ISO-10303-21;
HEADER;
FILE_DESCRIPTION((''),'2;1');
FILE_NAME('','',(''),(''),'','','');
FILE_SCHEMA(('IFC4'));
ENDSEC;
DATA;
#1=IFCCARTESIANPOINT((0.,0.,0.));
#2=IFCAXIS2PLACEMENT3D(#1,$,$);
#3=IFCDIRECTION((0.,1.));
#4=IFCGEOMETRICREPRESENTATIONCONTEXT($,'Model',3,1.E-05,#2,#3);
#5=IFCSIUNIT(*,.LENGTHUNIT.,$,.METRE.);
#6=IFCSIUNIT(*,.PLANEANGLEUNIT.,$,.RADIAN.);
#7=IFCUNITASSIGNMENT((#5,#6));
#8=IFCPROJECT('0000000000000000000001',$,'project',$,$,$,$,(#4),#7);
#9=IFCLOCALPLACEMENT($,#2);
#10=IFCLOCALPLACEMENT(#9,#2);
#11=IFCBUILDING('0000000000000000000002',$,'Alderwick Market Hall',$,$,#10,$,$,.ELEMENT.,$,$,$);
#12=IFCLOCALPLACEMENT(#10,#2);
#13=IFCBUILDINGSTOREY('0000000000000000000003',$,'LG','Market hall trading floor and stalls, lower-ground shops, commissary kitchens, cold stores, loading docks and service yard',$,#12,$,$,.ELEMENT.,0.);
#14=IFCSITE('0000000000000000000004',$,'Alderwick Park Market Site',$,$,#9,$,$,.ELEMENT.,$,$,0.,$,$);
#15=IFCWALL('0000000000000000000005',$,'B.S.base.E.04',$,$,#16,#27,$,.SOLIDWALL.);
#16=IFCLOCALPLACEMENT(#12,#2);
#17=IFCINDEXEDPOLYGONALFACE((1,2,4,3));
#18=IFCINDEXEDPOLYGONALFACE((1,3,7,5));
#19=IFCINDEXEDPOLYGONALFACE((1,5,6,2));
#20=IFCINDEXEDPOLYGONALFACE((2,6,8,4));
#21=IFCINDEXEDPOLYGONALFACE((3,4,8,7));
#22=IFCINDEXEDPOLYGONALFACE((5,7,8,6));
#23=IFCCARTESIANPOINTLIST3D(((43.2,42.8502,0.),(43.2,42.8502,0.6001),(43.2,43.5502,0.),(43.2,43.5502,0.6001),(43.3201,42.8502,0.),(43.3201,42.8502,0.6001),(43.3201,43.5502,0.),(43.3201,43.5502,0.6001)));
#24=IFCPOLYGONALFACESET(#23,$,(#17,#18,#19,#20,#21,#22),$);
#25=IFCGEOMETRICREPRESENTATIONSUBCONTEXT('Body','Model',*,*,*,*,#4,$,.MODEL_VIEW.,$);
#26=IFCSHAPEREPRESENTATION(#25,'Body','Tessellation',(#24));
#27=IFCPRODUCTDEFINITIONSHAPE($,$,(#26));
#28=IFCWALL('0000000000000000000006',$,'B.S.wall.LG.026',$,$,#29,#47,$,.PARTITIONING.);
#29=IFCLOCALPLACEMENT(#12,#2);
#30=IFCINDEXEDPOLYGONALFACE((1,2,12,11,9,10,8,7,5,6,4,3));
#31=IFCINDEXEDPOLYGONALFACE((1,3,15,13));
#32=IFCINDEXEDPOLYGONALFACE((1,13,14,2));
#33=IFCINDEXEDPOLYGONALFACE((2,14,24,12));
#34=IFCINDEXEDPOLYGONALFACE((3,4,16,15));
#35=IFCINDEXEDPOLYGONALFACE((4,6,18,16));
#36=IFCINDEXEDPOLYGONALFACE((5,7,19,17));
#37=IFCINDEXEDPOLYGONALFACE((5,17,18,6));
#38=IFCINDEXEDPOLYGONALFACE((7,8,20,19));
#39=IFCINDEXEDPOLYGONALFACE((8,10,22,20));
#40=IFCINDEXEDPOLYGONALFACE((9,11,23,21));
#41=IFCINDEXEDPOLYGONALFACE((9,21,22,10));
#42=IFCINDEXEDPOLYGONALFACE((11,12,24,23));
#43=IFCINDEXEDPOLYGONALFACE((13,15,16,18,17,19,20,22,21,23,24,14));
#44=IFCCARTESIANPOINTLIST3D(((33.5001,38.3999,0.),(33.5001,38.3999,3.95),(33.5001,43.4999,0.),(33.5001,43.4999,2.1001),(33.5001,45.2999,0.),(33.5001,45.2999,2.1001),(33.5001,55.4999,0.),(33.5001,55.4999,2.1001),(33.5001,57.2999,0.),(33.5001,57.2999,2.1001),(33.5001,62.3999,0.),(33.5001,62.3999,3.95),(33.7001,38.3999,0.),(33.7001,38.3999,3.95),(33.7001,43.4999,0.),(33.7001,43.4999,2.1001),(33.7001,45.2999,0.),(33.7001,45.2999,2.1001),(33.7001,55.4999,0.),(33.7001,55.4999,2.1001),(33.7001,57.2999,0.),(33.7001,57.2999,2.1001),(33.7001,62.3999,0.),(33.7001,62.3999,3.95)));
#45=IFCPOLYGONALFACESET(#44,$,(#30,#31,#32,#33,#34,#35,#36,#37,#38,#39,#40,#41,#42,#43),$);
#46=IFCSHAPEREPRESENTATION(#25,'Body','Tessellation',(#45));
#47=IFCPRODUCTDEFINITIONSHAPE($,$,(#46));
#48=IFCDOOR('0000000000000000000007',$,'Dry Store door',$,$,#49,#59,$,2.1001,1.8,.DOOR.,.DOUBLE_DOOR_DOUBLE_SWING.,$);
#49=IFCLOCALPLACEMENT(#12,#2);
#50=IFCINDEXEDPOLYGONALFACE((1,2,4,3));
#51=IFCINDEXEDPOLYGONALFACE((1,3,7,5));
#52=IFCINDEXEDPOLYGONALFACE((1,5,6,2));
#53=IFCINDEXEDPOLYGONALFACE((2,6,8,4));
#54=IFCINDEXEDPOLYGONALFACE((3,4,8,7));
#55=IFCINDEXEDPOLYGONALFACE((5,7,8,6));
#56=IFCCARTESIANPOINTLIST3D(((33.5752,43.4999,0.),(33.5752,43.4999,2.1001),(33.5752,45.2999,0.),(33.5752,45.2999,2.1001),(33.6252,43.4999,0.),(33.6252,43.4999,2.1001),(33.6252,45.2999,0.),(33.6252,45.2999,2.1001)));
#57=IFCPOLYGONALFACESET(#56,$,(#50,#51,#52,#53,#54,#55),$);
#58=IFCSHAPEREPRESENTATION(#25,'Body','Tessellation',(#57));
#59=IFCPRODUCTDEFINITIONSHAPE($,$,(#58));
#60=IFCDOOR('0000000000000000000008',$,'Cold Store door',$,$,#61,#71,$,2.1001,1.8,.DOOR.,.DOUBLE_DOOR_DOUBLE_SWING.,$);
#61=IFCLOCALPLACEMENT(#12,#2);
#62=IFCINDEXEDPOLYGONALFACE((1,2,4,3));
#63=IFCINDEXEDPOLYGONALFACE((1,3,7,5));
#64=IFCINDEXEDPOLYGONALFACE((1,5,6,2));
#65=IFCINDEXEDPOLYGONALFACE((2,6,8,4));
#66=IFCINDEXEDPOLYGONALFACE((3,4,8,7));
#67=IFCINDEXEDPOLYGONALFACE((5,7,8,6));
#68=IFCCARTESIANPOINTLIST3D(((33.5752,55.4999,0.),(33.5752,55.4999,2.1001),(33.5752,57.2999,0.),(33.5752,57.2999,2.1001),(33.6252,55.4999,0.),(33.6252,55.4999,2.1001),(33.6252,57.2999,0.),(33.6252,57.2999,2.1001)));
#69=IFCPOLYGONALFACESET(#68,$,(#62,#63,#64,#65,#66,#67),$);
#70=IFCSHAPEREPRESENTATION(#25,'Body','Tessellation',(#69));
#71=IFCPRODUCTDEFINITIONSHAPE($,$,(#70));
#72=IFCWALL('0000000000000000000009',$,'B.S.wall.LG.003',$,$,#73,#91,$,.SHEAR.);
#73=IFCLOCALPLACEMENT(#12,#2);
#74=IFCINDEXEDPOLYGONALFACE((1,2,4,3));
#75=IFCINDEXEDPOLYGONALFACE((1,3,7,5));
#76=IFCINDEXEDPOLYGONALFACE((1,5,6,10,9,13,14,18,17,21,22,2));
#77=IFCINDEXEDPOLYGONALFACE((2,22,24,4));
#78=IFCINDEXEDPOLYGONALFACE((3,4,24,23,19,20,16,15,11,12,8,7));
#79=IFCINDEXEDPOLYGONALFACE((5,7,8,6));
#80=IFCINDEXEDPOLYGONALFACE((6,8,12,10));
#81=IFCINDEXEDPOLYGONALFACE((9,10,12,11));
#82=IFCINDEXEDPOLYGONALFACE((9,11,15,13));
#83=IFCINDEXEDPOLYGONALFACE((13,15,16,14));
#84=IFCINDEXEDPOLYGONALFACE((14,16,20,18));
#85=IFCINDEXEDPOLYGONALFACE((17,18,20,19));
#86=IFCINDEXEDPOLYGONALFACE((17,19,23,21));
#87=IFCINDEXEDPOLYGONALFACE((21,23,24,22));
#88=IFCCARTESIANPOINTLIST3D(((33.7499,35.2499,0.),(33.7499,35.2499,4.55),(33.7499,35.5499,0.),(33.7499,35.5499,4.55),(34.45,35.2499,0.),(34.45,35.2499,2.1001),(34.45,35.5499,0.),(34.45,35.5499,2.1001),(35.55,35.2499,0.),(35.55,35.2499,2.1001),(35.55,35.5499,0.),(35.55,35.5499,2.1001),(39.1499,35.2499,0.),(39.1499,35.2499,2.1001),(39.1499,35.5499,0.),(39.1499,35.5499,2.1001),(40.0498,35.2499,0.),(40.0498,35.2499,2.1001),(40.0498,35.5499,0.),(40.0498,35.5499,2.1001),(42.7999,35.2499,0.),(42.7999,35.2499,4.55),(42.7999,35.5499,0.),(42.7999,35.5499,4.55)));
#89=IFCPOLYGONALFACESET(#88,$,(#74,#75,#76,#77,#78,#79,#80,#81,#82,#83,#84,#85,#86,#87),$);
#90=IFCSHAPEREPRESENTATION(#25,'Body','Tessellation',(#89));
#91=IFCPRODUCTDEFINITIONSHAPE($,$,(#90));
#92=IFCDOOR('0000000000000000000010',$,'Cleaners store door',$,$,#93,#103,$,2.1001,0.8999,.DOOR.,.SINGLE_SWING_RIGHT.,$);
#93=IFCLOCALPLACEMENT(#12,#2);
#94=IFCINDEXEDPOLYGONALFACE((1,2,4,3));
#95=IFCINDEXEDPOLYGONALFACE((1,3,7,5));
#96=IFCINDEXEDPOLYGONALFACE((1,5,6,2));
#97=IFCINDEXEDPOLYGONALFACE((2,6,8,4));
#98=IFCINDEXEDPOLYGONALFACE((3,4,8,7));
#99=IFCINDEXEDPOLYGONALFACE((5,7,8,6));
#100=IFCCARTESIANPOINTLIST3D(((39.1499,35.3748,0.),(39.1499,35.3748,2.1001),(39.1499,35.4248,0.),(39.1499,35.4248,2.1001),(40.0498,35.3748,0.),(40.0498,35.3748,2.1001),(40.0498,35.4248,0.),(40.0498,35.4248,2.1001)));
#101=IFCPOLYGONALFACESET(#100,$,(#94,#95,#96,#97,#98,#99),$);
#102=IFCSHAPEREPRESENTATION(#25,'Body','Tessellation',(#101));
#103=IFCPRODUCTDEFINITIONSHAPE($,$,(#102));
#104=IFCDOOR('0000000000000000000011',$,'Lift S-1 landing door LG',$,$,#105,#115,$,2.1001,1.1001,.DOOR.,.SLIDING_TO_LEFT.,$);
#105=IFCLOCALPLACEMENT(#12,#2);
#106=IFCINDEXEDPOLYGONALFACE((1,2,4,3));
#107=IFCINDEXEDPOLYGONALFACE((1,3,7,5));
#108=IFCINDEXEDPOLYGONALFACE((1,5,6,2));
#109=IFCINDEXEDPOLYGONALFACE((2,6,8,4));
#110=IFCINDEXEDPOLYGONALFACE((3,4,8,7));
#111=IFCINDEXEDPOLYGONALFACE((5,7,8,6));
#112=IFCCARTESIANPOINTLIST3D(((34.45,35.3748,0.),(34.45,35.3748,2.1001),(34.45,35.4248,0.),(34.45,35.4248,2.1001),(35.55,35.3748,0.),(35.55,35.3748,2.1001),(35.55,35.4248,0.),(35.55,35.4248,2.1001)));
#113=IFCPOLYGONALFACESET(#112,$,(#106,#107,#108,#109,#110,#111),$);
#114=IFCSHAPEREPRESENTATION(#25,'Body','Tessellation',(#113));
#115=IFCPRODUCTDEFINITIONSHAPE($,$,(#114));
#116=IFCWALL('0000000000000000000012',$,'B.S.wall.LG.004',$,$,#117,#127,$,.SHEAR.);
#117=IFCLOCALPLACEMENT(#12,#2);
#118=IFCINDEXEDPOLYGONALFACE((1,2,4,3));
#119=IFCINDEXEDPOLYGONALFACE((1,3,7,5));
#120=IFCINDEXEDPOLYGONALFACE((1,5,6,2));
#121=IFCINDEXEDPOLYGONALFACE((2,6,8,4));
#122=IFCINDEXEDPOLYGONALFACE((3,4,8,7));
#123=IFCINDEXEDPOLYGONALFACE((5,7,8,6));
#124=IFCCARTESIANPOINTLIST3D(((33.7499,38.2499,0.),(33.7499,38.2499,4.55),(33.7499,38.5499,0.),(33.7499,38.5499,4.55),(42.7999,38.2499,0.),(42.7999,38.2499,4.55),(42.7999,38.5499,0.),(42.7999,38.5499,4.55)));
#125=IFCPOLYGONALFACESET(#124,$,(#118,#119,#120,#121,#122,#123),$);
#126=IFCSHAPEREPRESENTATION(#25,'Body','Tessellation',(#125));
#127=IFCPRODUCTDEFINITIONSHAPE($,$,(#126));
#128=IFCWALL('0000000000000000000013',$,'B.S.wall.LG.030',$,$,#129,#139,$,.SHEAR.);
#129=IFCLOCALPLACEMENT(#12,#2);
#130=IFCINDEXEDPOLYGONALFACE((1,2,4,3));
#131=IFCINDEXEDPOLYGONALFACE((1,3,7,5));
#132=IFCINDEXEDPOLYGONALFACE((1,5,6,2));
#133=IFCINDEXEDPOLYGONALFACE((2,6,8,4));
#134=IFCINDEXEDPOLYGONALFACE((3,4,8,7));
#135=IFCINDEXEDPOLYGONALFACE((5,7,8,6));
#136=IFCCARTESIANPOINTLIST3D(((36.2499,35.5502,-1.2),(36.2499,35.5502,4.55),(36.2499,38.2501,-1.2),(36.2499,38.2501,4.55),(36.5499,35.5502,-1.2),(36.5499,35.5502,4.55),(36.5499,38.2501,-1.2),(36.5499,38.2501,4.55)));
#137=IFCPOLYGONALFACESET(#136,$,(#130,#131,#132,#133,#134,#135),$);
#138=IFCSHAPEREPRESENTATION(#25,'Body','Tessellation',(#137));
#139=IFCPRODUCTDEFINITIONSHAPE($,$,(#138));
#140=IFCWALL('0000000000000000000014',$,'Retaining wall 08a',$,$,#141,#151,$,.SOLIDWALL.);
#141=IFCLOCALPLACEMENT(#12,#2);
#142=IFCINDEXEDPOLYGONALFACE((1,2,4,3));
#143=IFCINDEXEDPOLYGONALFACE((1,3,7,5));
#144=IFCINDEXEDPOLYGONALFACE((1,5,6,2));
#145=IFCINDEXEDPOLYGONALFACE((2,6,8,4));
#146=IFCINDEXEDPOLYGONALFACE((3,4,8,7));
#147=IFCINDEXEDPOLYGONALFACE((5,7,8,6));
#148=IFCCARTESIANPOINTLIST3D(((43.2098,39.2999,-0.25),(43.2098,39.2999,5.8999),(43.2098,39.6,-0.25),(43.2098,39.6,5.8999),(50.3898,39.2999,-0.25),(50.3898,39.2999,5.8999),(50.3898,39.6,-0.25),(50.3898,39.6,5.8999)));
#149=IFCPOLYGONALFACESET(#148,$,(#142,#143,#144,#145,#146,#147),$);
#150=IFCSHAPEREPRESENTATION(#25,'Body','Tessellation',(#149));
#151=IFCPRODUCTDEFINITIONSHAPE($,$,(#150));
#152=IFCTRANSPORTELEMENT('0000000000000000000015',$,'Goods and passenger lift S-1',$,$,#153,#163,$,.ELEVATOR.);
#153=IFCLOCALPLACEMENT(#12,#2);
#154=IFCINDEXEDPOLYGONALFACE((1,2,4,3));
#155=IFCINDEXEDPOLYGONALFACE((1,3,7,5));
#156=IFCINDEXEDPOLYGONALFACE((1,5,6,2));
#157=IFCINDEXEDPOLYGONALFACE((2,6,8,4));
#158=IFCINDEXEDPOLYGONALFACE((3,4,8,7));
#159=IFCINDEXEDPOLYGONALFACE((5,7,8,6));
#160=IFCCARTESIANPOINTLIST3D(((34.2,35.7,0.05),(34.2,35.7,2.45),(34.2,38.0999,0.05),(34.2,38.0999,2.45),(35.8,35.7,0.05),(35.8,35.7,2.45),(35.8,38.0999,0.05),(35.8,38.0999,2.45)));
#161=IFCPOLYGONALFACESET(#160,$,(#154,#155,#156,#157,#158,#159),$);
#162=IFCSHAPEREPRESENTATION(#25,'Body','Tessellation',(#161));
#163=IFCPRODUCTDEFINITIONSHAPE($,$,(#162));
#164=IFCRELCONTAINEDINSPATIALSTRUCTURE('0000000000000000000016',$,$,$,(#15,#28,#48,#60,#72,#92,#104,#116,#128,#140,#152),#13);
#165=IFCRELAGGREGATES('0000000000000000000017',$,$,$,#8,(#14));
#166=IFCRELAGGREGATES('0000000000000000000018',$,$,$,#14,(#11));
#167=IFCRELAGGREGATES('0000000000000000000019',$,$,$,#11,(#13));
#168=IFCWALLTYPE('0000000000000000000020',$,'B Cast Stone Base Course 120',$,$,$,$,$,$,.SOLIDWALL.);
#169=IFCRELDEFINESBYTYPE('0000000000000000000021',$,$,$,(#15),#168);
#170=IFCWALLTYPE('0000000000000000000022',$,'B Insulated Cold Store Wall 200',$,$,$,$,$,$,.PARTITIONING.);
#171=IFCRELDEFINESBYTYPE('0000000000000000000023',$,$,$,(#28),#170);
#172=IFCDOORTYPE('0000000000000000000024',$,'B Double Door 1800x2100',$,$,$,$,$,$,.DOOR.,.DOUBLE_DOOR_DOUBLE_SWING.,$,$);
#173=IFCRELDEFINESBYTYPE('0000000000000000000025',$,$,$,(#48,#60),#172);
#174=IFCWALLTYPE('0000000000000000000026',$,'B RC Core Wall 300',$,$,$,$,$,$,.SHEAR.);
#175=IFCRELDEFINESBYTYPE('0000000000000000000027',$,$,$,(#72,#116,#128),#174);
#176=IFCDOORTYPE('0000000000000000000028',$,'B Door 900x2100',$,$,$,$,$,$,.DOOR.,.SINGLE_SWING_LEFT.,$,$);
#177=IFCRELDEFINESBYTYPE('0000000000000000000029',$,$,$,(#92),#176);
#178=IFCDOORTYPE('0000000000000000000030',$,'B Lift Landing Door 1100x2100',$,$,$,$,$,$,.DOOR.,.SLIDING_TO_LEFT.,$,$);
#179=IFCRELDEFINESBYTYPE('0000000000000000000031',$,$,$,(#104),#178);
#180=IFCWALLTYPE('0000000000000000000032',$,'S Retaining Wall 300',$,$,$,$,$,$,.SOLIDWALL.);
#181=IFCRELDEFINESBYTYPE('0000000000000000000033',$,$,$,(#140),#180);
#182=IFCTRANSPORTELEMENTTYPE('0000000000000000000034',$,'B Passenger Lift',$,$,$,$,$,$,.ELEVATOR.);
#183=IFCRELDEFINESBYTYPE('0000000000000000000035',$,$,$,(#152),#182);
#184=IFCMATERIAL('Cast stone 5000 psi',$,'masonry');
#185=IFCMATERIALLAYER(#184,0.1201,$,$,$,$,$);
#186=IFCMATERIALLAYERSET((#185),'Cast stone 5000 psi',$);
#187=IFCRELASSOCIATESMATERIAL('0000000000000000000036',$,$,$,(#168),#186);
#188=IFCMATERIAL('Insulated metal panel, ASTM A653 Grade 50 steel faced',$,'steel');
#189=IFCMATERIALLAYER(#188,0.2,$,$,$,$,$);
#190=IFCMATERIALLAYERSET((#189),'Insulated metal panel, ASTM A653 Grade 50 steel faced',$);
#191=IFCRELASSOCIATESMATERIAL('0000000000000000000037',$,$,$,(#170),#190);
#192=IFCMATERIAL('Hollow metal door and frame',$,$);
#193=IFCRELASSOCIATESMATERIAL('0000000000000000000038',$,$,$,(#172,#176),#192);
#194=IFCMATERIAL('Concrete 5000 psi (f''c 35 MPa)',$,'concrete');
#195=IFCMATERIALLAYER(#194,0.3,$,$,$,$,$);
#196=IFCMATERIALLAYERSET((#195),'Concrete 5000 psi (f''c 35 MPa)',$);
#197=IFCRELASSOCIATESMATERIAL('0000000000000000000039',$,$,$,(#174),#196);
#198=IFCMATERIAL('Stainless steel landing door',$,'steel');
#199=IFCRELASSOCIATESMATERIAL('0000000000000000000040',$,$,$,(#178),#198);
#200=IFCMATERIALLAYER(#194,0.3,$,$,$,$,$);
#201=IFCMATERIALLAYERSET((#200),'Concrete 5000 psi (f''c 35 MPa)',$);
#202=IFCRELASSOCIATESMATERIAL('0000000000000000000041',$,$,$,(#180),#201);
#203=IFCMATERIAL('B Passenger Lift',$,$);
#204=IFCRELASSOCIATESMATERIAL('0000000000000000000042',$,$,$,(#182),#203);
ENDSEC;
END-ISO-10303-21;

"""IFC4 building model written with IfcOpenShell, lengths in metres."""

from ifc_helpers import new_model, si_unit, direction, frame, frame_2d, origin, origin_2d, place, context, subcontext, project, spatial, rectangle, extrude, material, layer, layer_set, type_object, element, fill, save


model = new_model("IFC4")

# Units and contexts
model_context = context("Model", 3, precision=1e-05, world=origin(), true_north=direction((0.0, 1.0)))
body_context = subcontext(model_context, "Body", "Model", "MODEL_VIEW")
ifc_project = project(units=[si_unit("LENGTHUNIT", "METRE"), si_unit("PLANEANGLEUNIT", "RADIAN")], contexts=[model_context])

# Site, building, storey
site_placement = place(None, origin())
site = spatial("IfcSite", under=ifc_project, at=site_placement, Name="Alderwick Park Market Site", CompositionType="ELEMENT", RefElevation=0.0)
building_placement = place(site_placement, origin())
building = spatial("IfcBuilding", under=site, at=building_placement, Name="Alderwick Market Hall", CompositionType="ELEMENT")
storey_placement = place(building_placement, origin())
storey = spatial("IfcBuildingStorey", under=building, at=storey_placement, Name="LG", Description="Market hall trading floor and stalls, lower-ground shops, commissary kitchens, cold stores, loading docks and service yard", CompositionType="ELEMENT", Elevation=0.0)

# Shared definitions
ifc_material_1 = material(Name="Concrete 5000 psi (f'c 35 MPa)", Category="concrete")

# Wall
ifc_material_2 = material(Name="Cast stone 5000 psi", Category="masonry")
ifc_layer_1 = layer(ifc_material_2, 0.1201)
ifc_layer_set_1 = layer_set([ifc_layer_1], Name="Cast stone 5000 psi")
wall_type_1 = type_object("IfcWallType", Name="B Cast Stone Base Course 120", PredefinedType="SOLIDWALL", material=ifc_layer_set_1)
wall_1_placement = place(storey_placement, frame((43.26, 42.8501, 0.0), z_axis=(0.0, 0.0, 1.0), x_axis=(0.0, 1.0, 0.0)))
element("IfcWall", 1, at=wall_1_placement, inside=storey, type_object=wall_type_1, Name="B.S.base.E.04", PredefinedType="SOLIDWALL", context=body_context, shape_type="SweptSolid", body=[
    extrude(rectangle(XDim=0.7, YDim=0.1201, at=frame_2d((0.3501, 0.0))), origin(), (0.0, 0.0, 1.0), 0.6001),
])

# Walls, openings, doors
ifc_material_3 = material(Name="Insulated metal panel, ASTM A653 Grade 50 steel faced", Category="steel")
ifc_layer_2 = layer(ifc_material_3, 0.2)
ifc_layer_set_2 = layer_set([ifc_layer_2], Name="Insulated metal panel, ASTM A653 Grade 50 steel faced")
wall_type_2 = type_object("IfcWallType", Name="B Insulated Cold Store Wall 200", PredefinedType="PARTITIONING", material=ifc_layer_set_2)
wall_2_placement = place(storey_placement, frame((33.6001, 38.3999, 0.0), z_axis=(0.0, 0.0, 1.0), x_axis=(0.0, 1.0, 0.0)))
wall_2 = element("IfcWall", 2, at=wall_2_placement, inside=storey, type_object=wall_type_2, Name="B.S.wall.LG.026", PredefinedType="PARTITIONING", context=body_context, shape_type="SweptSolid", body=[
    extrude(rectangle(XDim=24.0, YDim=0.2, at=frame_2d((12.0, 0.0))), origin(), (0.0, 0.0, 1.0), 3.95),
])
opening_1_placement = place(wall_2_placement, frame((5.1001, 0.0, 0.0)))
opening_1 = element("IfcOpeningElement", 3, at=opening_1_placement, cuts=wall_2, PredefinedType="OPENING", context=body_context, shape_type="SweptSolid", body=[
    extrude(rectangle(XDim=1.8, YDim=2.1001, at=frame_2d((0.8999, 1.05))), frame((0.0, 0.1099, 0.0), z_axis=(0.0, -1.0, 0.0), x_axis=(1.0, 0.0, 0.0)), (0.0, 0.0, 1.0), 0.22),
])
opening_2_placement = place(wall_2_placement, frame((17.1001, 0.0, 0.0)))
opening_2 = element("IfcOpeningElement", 4, at=opening_2_placement, cuts=wall_2, PredefinedType="OPENING", context=body_context, shape_type="SweptSolid", body=[
    extrude(rectangle(XDim=1.8, YDim=2.1001, at=frame_2d((0.8999, 1.05))), frame((0.0, 0.1099, 0.0), z_axis=(0.0, -1.0, 0.0), x_axis=(1.0, 0.0, 0.0)), (0.0, 0.0, 1.0), 0.22),
])
ifc_material_4 = material(Name="Hollow metal door and frame")
door_type_1 = type_object("IfcDoorType", Name="B Double Door 1800x2100", OperationType="DOUBLE_DOOR_DOUBLE_SWING", PredefinedType="DOOR", material=ifc_material_4)
door_1_placement = place(opening_1_placement, origin())
door_1 = element("IfcDoor", 5, at=door_1_placement, inside=storey, type_object=door_type_1, Name="Dry Store door", OperationType="DOUBLE_DOOR_DOUBLE_SWING", OverallHeight=2.1001, OverallWidth=1.8, PredefinedType="DOOR", context=body_context, shape_type="SweptSolid", body=[
    extrude(rectangle(XDim=1.8, YDim=2.1001, at=frame_2d((0.8999, 1.05))), frame((0.0, 0.0249, 0.0), z_axis=(0.0, -1.0, 0.0), x_axis=(1.0, 0.0, 0.0)), (0.0, 0.0, 1.0), 0.05),
])
fill(opening_1, door_1)
door_2_placement = place(opening_2_placement, origin())
door_2 = element("IfcDoor", 6, at=door_2_placement, inside=storey, type_object=door_type_1, Name="Cold Store door", OperationType="DOUBLE_DOOR_DOUBLE_SWING", OverallHeight=2.1001, OverallWidth=1.8, PredefinedType="DOOR", context=body_context, shape_type="SweptSolid", body=[
    extrude(rectangle(XDim=1.8, YDim=2.1001, at=frame_2d((0.8999, 1.05))), frame((0.0, 0.0249, 0.0), z_axis=(0.0, -1.0, 0.0), x_axis=(1.0, 0.0, 0.0)), (0.0, 0.0, 1.0), 0.05),
])
fill(opening_2, door_2)
ifc_layer_3 = layer(ifc_material_1, 0.3)
ifc_layer_set_3 = layer_set([ifc_layer_3], Name="Concrete 5000 psi (f'c 35 MPa)")
wall_type_3 = type_object("IfcWallType", Name="B RC Core Wall 300", PredefinedType="SHEAR", material=ifc_layer_set_3)
wall_3_placement = place(storey_placement, frame((33.75, 35.3999, 0.0), z_axis=(0.0, 0.0, 1.0), x_axis=(1.0, 0.0, 0.0)))
wall_3 = element("IfcWall", 7, at=wall_3_placement, inside=storey, type_object=wall_type_3, Name="B.S.wall.LG.003", PredefinedType="SHEAR", context=body_context, shape_type="SweptSolid", body=[
    extrude(rectangle(XDim=9.05, YDim=0.3, at=frame_2d((4.5249, 0.0))), origin(), (0.0, 0.0, 1.0), 4.55),
])
opening_3_placement = place(wall_3_placement, frame((0.7, 0.0, 0.0)))
opening_3 = element("IfcOpeningElement", 8, at=opening_3_placement, cuts=wall_3, PredefinedType="OPENING", context=body_context, shape_type="SweptSolid", body=[
    extrude(rectangle(XDim=1.1001, YDim=2.1001, at=frame_2d((0.55, 1.05))), frame((0.0, 0.1599, 0.0), z_axis=(0.0, -1.0, 0.0), x_axis=(1.0, 0.0, 0.0)), (0.0, 0.0, 1.0), 0.3201),
])
opening_4_placement = place(wall_3_placement, frame((5.3999, 0.0, 0.0)))
opening_4 = element("IfcOpeningElement", 9, at=opening_4_placement, cuts=wall_3, PredefinedType="OPENING", context=body_context, shape_type="SweptSolid", body=[
    extrude(rectangle(XDim=0.8999, YDim=2.1001, at=frame_2d((0.45, 1.05))), frame((0.0, 0.1599, 0.0), z_axis=(0.0, -1.0, 0.0), x_axis=(1.0, 0.0, 0.0)), (0.0, 0.0, 1.0), 0.3201),
])
door_type_2 = type_object("IfcDoorType", Name="B Door 900x2100", OperationType="SINGLE_SWING_LEFT", PredefinedType="DOOR", material=ifc_material_4)
door_3_placement = place(opening_4_placement, origin())
door_3 = element("IfcDoor", 10, at=door_3_placement, inside=storey, type_object=door_type_2, Name="Cleaners store door", OperationType="SINGLE_SWING_RIGHT", OverallHeight=2.1001, OverallWidth=0.8999, PredefinedType="DOOR", context=body_context, shape_type="SweptSolid", body=[
    extrude(rectangle(XDim=0.8999, YDim=2.1001, at=frame_2d((0.45, 1.05))), frame((0.0, 0.0249, 0.0), z_axis=(0.0, -1.0, 0.0), x_axis=(1.0, 0.0, 0.0)), (0.0, 0.0, 1.0), 0.05),
])
fill(opening_4, door_3)
ifc_material_5 = material(Name="Stainless steel landing door", Category="steel")
door_type_3 = type_object("IfcDoorType", Name="B Lift Landing Door 1100x2100", OperationType="SLIDING_TO_LEFT", PredefinedType="DOOR", material=ifc_material_5)
door_4_placement = place(opening_3_placement, origin())
door_4 = element("IfcDoor", 11, at=door_4_placement, inside=storey, type_object=door_type_3, Name="Lift S-1 landing door LG", OperationType="SLIDING_TO_LEFT", OverallHeight=2.1001, OverallWidth=1.1001, PredefinedType="DOOR", context=body_context, shape_type="SweptSolid", body=[
    extrude(rectangle(XDim=1.1001, YDim=2.1001, at=frame_2d((0.55, 1.05))), frame((0.0, 0.0249, 0.0), z_axis=(0.0, -1.0, 0.0), x_axis=(1.0, 0.0, 0.0)), (0.0, 0.0, 1.0), 0.05),
])
fill(opening_3, door_4)

# Walls
wall_4_placement = place(storey_placement, frame((33.75, 38.3999, 0.0), z_axis=(0.0, 0.0, 1.0), x_axis=(1.0, 0.0, 0.0)))
element("IfcWall", 12, at=wall_4_placement, inside=storey, type_object=wall_type_3, Name="B.S.wall.LG.004", PredefinedType="SHEAR", context=body_context, shape_type="SweptSolid", body=[
    extrude(rectangle(XDim=9.05, YDim=0.3, at=frame_2d((4.5249, 0.0))), origin(), (0.0, 0.0, 1.0), 4.55),
])
wall_5_placement = place(storey_placement, frame((36.3999, 35.55, -1.2), z_axis=(0.0, 0.0, 1.0), x_axis=(0.0, 1.0, 0.0)))
element("IfcWall", 13, at=wall_5_placement, inside=storey, type_object=wall_type_3, Name="B.S.wall.LG.030", PredefinedType="SHEAR", context=body_context, shape_type="SweptSolid", body=[
    extrude(rectangle(XDim=2.7, YDim=0.3, at=frame_2d((1.3501, 0.0))), origin(), (0.0, 0.0, 1.0), 5.75),
])
ifc_layer_4 = layer(ifc_material_1, 0.3)
ifc_layer_set_4 = layer_set([ifc_layer_4], Name="Concrete 5000 psi (f'c 35 MPa)")
wall_type_4 = type_object("IfcWallType", Name="S Retaining Wall 300", PredefinedType="SOLIDWALL", material=ifc_layer_set_4)
wall_6_placement = place(storey_placement, frame((43.21, 39.45, -0.25), z_axis=(0.0, 0.0, 1.0), x_axis=(1.0, 0.0, 0.0)))
element("IfcWall", 14, at=wall_6_placement, inside=storey, type_object=wall_type_4, Name="Retaining wall 08a", PredefinedType="SOLIDWALL", context=body_context, shape_type="SweptSolid", body=[
    extrude(rectangle(XDim=7.1799, YDim=0.3, at=frame_2d((3.5898, 0.0))), origin(), (0.0, 0.0, 1.0), 6.1499),
])

# Transport element
ifc_material_6 = material(Name="B Passenger Lift")
transport_element_type = type_object("IfcTransportElementType", Name="B Passenger Lift", PredefinedType="ELEVATOR", material=ifc_material_6)
transport_element_placement = place(storey_placement, frame((35.0, 36.8999, 0.05), z_axis=(0.0, 0.0, 1.0), x_axis=(1.0, 0.0, 0.0)))
element("IfcTransportElement", 15, at=transport_element_placement, inside=storey, type_object=transport_element_type, Name="Goods and passenger lift S-1", PredefinedType="ELEVATOR", context=body_context, shape_type="SweptSolid", body=[
    extrude(rectangle(XDim=1.6001, YDim=2.3999, at=origin_2d()), origin(), (0.0, 0.0, 1.0), 2.3999),
])

save(model, "model.ifc")
